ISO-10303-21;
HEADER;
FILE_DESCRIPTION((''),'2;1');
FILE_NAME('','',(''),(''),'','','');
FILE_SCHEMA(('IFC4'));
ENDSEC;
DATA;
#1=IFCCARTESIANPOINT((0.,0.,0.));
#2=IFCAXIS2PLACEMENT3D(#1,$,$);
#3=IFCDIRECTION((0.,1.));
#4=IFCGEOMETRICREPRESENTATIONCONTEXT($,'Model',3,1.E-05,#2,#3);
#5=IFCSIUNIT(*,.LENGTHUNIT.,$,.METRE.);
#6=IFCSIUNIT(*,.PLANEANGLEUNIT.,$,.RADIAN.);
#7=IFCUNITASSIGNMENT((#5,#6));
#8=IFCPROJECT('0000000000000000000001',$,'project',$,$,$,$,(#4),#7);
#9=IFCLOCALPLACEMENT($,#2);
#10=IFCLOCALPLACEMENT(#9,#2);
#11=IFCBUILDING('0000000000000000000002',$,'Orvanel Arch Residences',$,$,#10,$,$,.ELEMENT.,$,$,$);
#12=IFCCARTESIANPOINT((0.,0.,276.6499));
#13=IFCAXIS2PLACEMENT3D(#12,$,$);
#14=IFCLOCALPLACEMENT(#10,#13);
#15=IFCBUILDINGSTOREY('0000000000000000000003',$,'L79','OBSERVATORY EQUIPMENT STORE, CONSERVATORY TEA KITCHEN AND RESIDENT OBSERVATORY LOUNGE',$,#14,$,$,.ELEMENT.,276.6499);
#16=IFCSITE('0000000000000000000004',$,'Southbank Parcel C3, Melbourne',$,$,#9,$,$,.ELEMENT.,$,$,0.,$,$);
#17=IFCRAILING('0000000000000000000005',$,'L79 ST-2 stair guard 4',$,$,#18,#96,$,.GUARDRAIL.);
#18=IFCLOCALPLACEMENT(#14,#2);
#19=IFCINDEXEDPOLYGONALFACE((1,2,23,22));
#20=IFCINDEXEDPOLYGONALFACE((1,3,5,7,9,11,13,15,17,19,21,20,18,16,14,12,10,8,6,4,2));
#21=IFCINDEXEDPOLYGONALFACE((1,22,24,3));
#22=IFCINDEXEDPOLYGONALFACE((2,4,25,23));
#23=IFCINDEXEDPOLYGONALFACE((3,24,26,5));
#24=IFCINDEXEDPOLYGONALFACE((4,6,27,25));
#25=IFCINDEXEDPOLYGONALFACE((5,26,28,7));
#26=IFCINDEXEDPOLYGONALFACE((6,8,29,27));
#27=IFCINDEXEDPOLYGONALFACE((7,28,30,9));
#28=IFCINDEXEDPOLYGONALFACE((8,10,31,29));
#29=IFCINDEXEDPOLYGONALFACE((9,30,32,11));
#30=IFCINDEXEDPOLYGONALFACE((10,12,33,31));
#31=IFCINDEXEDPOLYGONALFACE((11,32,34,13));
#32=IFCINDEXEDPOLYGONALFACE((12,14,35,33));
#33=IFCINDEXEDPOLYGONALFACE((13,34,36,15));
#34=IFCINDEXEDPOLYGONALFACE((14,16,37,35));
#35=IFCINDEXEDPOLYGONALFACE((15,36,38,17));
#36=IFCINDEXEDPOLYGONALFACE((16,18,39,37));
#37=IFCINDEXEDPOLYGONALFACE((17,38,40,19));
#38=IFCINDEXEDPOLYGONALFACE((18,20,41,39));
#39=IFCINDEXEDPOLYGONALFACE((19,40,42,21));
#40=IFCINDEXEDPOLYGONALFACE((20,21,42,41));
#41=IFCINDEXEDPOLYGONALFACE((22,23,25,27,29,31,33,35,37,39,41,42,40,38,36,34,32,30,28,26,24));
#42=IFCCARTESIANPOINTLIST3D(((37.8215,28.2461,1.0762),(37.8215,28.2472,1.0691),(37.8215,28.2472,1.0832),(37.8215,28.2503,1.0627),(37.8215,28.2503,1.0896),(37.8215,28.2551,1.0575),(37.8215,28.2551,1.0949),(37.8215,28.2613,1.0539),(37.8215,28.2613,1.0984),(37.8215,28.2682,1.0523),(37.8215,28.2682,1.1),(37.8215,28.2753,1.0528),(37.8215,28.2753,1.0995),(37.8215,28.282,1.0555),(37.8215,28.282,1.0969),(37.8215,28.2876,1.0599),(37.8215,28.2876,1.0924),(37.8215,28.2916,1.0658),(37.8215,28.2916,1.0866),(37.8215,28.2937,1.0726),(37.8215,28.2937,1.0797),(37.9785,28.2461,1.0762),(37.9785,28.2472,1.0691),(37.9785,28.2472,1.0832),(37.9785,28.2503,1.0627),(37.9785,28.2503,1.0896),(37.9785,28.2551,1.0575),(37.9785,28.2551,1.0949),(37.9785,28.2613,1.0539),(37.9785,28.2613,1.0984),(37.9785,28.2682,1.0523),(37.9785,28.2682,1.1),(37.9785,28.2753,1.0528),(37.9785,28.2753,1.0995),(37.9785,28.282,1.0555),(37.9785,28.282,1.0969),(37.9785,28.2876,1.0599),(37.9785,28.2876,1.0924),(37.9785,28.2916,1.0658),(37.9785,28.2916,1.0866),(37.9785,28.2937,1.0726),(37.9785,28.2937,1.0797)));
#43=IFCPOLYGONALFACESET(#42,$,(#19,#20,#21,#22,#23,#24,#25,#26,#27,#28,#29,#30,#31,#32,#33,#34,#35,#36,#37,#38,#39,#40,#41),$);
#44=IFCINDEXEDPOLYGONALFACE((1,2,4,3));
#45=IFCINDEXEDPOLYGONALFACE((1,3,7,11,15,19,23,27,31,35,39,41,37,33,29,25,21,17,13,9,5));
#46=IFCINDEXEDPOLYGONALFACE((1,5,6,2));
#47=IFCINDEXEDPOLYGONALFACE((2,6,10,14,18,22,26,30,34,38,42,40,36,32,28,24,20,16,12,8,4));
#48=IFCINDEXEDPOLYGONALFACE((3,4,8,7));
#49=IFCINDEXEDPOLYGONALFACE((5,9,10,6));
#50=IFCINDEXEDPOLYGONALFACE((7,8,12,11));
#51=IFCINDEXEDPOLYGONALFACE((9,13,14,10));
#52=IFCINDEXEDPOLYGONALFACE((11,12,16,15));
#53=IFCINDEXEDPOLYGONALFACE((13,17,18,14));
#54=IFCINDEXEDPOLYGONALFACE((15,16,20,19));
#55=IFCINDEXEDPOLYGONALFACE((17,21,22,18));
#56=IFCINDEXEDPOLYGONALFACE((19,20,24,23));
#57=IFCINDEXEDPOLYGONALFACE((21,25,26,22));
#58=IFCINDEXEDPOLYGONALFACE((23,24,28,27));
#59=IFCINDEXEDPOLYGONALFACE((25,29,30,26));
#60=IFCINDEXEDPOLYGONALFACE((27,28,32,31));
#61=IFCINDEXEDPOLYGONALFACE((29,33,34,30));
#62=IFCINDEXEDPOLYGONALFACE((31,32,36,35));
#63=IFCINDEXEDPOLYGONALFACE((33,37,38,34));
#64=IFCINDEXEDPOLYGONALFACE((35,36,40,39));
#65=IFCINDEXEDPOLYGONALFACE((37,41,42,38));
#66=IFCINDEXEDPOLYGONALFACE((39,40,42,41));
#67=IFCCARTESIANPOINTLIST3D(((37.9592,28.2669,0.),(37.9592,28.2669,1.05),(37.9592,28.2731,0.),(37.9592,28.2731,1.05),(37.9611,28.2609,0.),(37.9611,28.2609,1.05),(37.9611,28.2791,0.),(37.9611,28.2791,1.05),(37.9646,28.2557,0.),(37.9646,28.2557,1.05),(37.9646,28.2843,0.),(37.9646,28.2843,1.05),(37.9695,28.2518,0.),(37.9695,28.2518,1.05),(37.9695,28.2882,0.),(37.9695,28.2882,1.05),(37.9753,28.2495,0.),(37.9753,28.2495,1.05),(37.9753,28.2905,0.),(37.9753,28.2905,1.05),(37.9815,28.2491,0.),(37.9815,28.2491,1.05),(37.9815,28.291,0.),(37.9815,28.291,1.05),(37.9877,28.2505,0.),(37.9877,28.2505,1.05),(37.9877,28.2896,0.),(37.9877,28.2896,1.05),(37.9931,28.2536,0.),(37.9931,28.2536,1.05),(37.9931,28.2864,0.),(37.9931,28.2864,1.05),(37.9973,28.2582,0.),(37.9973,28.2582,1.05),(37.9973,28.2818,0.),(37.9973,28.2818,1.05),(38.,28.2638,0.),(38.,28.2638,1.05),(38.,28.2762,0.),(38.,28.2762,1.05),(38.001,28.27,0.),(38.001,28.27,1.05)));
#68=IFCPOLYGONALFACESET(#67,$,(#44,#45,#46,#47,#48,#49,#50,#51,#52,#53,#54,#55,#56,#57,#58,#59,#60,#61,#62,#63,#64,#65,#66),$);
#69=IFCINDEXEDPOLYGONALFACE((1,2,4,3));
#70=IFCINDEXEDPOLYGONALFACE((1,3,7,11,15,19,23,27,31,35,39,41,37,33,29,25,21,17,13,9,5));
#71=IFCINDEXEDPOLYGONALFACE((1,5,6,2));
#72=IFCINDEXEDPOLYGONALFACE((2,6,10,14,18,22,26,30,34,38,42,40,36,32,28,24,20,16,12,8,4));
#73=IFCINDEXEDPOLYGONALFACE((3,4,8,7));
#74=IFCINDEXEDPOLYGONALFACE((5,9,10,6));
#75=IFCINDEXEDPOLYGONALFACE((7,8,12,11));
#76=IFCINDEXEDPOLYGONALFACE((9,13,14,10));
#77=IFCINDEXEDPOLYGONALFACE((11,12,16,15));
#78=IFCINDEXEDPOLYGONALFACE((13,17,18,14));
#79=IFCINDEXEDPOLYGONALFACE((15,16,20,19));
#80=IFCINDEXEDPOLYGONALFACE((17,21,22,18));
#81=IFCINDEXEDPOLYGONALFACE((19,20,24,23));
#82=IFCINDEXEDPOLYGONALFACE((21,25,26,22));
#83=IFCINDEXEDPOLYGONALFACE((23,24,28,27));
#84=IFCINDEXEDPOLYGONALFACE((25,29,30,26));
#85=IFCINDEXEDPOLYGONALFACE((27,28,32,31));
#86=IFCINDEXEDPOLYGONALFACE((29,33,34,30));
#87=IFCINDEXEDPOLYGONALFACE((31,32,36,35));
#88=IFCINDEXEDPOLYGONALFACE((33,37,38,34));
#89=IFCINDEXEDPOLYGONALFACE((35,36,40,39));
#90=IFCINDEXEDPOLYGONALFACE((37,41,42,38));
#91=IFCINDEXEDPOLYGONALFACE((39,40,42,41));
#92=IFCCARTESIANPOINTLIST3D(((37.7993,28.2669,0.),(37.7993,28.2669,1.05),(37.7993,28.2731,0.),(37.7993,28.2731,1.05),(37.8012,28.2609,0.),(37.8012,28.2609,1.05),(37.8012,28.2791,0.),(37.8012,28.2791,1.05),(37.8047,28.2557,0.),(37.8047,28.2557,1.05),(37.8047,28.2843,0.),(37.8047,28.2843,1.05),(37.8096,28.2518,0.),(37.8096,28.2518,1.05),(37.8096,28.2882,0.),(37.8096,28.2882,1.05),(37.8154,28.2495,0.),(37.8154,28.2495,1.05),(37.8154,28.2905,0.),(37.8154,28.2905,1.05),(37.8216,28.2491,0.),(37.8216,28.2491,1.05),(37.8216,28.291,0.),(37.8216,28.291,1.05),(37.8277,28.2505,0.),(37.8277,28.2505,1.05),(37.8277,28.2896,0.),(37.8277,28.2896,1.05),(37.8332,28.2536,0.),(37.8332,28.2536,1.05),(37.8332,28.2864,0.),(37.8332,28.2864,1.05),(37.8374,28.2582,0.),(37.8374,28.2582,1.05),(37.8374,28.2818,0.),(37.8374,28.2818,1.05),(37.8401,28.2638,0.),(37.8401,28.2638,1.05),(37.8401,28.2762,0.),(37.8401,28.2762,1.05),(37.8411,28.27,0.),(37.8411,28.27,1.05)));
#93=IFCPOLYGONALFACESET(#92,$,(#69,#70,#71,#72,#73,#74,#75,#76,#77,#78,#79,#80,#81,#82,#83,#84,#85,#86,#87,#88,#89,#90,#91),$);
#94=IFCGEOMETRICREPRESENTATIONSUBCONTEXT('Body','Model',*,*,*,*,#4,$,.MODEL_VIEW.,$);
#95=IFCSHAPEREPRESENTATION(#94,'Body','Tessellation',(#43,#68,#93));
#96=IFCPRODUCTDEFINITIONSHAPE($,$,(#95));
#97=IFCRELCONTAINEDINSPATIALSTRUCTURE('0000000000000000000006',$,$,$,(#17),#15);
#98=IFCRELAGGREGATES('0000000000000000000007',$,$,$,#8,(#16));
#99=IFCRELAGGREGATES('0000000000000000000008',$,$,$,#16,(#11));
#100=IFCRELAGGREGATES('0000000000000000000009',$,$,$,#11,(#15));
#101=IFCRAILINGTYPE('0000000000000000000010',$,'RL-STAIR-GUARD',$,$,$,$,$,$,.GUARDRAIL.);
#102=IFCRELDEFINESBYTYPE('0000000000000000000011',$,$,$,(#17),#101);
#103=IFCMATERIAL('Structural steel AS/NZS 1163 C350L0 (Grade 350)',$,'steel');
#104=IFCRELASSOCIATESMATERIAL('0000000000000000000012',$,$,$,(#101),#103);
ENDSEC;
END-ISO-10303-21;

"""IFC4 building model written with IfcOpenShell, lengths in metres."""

from ifc_helpers import new_model, si_unit, direction, frame, origin, origin_2d, place, context, subcontext, project, spatial, circle, extrude, material, type_object, element, save


model = new_model("IFC4")

# Units and contexts
model_context = context("Model", 3, precision=1e-05, world=origin(), true_north=direction((0.0, 1.0)))
body_context = subcontext(model_context, "Body", "Model", "MODEL_VIEW")
ifc_project = project(units=[si_unit("LENGTHUNIT", "METRE"), si_unit("PLANEANGLEUNIT", "RADIAN")], contexts=[model_context])

# Site, building, storey
site_placement = place(None, origin())
site = spatial("IfcSite", under=ifc_project, at=site_placement, Name="Southbank Parcel C3, Melbourne", CompositionType="ELEMENT", RefElevation=0.0)
building_placement = place(site_placement, origin())
building = spatial("IfcBuilding", under=site, at=building_placement, Name="Orvanel Arch Residences", CompositionType="ELEMENT")
storey_placement = place(building_placement, frame((0.0, 0.0, 276.6499)))
storey = spatial("IfcBuildingStorey", under=building, at=storey_placement, Name="L79", Description="OBSERVATORY EQUIPMENT STORE, CONSERVATORY TEA KITCHEN AND RESIDENT OBSERVATORY LOUNGE", CompositionType="ELEMENT", Elevation=276.6499)

# Shared definitions
ifc_material_1 = material(Name="Structural steel AS/NZS 1163 C350L0 (Grade 350)", Category="steel")

# Railing
railing_type_1 = type_object("IfcRailingType", Name="RL-STAIR-GUARD", PredefinedType="GUARDRAIL", material=ifc_material_1)
railing_1_placement = place(storey_placement, frame((37.98, 28.27, 0.0)))
element("IfcRailing", 1, at=railing_1_placement, inside=storey, type_object=railing_type_1, Name="L79 ST-2 stair guard 4", PredefinedType="GUARDRAIL", context=body_context, shape_type="SweptSolid", body=[
    extrude(circle(Radius=0.0239, at=origin_2d()), frame((-0.0015, 0.0, 1.0762), z_axis=(-1.0, 0.0, 0.0), x_axis=(0.0, -1.0, 0.0)), (0.0, 0.0, 1.0), 0.157),
    extrude(circle(Radius=0.021, at=origin_2d()), origin(), (0.0, 0.0, 1.0), 1.05),
    extrude(circle(Radius=0.021, at=origin_2d()), frame((-0.1599, 0.0, 0.0)), (0.0, 0.0, 1.0), 1.05),
])

save(model, "model.ifc")
